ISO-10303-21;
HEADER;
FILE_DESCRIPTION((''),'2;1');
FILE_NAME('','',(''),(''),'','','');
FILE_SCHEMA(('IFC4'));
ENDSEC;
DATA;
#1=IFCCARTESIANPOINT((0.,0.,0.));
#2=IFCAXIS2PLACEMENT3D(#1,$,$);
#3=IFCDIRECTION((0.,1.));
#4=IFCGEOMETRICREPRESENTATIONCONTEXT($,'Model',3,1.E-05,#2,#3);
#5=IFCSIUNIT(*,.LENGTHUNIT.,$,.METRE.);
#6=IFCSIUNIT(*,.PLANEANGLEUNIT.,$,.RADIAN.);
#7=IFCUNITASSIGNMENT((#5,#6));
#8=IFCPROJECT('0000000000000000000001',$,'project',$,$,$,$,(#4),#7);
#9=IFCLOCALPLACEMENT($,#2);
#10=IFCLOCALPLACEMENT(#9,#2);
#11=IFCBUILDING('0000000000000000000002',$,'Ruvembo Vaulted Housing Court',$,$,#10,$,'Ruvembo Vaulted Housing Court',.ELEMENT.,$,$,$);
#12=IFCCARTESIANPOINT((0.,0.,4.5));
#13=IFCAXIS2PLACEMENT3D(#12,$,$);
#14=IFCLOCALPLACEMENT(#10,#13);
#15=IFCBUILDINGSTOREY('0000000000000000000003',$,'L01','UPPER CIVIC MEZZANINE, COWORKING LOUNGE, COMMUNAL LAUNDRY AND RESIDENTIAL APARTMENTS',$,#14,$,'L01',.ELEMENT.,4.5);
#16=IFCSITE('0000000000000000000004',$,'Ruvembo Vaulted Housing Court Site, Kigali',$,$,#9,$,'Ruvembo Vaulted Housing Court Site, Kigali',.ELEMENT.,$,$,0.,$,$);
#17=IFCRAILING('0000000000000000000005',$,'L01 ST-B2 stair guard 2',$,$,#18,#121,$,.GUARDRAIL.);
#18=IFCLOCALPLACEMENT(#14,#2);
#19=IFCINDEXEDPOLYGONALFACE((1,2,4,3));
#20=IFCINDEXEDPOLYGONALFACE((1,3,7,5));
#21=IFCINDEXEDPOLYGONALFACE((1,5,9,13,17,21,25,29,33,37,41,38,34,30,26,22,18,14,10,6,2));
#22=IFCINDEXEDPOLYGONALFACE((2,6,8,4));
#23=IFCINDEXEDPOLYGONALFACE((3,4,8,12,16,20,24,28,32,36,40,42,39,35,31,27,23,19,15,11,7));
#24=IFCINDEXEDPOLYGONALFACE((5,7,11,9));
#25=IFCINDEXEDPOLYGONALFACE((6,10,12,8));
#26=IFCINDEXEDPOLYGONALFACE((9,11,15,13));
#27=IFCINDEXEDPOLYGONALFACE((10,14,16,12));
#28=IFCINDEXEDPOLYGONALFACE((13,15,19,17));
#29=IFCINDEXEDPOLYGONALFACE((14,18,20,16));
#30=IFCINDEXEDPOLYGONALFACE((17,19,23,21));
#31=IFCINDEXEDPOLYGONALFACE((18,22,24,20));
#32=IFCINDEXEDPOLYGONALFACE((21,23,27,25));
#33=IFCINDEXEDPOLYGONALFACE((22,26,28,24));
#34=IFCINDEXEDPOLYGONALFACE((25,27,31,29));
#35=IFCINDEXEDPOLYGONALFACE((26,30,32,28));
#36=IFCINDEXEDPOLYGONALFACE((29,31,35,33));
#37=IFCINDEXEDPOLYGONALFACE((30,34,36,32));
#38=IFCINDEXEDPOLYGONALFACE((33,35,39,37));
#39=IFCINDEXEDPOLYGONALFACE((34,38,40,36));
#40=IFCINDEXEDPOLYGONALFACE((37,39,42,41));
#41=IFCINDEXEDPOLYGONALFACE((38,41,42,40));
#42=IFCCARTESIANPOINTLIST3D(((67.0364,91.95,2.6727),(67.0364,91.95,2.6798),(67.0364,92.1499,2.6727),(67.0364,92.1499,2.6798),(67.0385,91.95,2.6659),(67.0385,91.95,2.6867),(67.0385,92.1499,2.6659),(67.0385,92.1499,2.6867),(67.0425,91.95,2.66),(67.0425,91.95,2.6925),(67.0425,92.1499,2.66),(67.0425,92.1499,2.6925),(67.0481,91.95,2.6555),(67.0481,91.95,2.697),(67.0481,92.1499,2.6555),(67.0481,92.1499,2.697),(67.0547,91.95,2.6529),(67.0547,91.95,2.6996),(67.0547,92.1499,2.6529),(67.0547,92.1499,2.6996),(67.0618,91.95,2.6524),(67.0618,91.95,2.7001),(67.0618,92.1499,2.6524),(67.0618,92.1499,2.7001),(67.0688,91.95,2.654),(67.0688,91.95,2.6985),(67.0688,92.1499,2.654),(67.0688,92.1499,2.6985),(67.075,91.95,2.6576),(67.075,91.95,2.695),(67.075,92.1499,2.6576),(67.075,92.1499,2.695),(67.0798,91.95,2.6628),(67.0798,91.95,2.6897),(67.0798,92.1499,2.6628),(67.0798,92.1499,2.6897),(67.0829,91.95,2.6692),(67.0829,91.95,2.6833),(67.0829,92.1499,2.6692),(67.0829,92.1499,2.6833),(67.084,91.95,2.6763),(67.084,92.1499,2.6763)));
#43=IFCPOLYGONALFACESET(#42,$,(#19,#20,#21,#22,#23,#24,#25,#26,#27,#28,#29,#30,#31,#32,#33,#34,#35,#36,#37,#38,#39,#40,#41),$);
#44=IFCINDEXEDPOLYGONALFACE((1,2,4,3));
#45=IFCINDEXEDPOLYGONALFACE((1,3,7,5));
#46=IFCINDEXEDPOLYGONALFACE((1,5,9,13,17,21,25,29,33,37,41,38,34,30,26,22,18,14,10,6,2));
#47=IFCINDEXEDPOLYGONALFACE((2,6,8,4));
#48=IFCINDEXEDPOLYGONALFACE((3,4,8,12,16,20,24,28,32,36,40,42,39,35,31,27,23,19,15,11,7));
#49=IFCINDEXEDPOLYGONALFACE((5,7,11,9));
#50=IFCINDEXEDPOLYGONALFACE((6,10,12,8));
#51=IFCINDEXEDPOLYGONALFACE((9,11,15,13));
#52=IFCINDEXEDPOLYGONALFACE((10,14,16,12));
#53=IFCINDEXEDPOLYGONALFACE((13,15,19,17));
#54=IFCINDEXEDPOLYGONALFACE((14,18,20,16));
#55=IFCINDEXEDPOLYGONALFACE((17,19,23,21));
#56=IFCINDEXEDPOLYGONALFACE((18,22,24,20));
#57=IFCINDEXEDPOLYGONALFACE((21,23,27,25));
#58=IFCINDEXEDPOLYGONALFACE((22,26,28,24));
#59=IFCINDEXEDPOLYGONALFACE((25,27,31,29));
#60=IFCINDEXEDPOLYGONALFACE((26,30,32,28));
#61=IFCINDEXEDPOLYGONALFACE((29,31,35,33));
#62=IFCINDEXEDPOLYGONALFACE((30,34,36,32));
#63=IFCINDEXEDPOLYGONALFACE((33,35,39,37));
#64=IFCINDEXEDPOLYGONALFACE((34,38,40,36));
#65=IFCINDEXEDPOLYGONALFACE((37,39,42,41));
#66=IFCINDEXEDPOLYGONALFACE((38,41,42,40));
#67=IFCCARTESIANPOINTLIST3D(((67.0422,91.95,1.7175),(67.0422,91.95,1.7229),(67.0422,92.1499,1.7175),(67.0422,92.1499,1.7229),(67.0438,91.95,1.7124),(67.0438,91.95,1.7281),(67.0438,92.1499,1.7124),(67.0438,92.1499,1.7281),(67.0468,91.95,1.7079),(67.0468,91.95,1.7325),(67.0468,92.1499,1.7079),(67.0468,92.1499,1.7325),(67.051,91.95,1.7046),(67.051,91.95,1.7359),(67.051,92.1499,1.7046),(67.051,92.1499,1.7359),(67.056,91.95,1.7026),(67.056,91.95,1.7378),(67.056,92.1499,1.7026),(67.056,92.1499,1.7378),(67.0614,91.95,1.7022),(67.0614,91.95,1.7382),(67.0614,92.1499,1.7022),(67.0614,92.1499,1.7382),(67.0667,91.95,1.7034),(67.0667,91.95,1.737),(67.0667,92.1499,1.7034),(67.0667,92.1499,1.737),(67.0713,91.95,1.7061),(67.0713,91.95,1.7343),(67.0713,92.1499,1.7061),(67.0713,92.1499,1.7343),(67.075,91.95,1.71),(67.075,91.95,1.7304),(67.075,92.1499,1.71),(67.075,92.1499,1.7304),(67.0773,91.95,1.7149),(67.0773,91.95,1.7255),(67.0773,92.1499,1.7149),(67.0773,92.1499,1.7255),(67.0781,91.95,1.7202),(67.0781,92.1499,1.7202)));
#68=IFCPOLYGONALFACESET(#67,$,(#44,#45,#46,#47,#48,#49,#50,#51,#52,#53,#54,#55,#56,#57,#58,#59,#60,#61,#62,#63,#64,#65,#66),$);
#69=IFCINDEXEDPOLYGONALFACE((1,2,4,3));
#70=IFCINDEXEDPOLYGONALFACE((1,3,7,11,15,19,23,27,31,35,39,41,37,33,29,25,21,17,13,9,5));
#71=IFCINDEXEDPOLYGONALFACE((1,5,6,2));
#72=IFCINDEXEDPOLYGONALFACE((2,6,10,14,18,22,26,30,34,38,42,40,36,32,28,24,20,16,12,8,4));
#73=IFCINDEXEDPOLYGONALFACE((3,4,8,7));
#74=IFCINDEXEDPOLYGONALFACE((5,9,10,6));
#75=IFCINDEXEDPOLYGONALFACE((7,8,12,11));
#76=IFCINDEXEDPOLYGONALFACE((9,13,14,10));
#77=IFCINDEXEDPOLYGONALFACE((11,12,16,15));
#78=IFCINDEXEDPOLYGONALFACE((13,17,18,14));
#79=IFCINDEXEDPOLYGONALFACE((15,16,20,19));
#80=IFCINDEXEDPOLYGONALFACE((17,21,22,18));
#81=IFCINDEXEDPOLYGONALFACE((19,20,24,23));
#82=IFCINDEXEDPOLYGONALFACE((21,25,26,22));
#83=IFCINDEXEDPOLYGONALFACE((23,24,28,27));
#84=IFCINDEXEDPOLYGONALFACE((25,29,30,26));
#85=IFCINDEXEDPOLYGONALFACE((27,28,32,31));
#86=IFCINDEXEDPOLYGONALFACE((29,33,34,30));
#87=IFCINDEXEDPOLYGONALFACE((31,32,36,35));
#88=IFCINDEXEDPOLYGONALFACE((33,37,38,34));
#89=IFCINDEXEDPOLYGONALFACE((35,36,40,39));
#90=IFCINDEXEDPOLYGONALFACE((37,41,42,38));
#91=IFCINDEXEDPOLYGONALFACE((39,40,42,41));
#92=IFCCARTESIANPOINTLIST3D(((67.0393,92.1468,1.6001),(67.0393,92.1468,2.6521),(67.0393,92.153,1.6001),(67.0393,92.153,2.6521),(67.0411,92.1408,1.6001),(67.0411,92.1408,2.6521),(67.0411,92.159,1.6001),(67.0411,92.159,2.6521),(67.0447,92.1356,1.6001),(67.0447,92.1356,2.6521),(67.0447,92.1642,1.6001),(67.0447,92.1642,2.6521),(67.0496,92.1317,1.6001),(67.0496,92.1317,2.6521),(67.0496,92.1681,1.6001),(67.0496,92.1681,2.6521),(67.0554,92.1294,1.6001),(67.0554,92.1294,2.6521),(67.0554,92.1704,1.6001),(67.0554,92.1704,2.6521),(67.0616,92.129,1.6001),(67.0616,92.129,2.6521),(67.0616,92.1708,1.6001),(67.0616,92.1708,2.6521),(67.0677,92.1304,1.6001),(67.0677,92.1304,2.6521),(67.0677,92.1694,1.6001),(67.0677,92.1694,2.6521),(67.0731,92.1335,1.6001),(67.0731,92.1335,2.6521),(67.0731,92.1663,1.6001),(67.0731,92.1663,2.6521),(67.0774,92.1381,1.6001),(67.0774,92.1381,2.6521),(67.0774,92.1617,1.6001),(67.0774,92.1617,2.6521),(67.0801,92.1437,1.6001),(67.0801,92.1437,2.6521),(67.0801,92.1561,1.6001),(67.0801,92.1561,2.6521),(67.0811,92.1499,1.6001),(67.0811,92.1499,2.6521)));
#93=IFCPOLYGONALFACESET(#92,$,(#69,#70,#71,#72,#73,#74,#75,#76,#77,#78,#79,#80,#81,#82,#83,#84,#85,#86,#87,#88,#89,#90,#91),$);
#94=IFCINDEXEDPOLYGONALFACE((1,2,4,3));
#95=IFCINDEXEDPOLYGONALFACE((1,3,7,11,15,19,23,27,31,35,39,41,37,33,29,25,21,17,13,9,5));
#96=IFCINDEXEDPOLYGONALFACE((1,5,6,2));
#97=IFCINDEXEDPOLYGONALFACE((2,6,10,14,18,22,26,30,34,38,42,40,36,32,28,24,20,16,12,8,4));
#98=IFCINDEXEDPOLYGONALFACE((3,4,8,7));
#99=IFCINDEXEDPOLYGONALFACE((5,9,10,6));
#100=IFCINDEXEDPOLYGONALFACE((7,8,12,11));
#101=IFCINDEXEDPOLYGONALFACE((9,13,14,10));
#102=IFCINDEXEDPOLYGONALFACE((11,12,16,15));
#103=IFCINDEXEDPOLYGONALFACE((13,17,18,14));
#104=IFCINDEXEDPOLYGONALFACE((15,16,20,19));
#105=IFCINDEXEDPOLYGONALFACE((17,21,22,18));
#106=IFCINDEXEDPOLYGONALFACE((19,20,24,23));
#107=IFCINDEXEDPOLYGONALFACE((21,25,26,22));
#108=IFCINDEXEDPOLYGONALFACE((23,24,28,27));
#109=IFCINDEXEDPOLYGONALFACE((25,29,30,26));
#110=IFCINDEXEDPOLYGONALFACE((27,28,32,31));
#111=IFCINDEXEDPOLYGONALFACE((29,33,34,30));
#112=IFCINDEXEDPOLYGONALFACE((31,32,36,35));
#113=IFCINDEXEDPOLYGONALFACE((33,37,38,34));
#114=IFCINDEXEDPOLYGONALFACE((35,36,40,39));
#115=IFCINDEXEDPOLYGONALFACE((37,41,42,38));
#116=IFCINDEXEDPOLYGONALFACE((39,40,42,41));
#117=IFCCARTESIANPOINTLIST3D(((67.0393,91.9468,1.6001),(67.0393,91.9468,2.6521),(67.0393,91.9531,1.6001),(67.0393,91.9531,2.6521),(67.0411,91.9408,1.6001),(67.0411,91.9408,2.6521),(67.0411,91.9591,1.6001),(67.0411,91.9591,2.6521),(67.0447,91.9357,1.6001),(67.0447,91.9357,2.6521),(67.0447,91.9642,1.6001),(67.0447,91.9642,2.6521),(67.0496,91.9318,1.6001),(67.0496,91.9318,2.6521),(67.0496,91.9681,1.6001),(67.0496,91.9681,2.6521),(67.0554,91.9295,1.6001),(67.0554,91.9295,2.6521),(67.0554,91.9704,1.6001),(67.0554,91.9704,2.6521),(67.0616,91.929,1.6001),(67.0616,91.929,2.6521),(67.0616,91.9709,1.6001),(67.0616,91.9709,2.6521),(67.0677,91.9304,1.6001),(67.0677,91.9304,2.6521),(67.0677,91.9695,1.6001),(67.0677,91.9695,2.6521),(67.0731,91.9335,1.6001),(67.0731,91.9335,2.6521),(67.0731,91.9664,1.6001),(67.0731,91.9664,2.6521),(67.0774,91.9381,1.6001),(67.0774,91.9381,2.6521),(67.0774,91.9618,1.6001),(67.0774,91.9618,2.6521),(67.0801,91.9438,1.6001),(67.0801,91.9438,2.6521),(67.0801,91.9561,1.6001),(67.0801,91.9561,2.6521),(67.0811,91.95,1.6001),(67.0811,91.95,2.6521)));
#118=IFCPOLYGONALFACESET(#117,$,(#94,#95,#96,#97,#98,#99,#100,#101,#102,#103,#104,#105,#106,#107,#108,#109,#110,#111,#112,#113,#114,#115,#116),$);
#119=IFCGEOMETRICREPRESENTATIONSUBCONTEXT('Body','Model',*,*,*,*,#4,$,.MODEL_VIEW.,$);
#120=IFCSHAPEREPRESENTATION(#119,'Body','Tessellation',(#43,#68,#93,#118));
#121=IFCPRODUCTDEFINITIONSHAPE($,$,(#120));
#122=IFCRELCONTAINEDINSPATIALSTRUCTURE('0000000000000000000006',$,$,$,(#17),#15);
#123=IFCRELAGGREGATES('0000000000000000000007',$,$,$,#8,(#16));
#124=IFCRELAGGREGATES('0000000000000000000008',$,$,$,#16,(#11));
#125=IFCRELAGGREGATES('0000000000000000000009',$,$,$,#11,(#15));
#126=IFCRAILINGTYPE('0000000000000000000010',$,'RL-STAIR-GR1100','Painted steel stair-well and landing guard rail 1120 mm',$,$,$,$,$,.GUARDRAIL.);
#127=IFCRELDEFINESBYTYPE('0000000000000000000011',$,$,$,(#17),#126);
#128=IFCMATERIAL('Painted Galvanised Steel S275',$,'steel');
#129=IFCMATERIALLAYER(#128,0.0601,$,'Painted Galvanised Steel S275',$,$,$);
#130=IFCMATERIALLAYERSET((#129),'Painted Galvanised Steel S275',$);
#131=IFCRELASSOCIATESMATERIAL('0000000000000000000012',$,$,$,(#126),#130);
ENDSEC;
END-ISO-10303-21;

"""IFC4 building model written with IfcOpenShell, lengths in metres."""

from ifc_helpers import new_model, si_unit, direction, frame, origin, origin_2d, place, context, subcontext, project, spatial, circle, extrude, material, layer, layer_set, type_object, element, save


model = new_model("IFC4")

# Units and contexts
model_context = context("Model", 3, precision=1e-05, world=origin(), true_north=direction((0.0, 1.0)))
body_context = subcontext(model_context, "Body", "Model", "MODEL_VIEW")
ifc_project = project(units=[si_unit("LENGTHUNIT", "METRE"), si_unit("PLANEANGLEUNIT", "RADIAN")], contexts=[model_context])

# Site, building, storey
site_placement = place(None, origin())
site = spatial("IfcSite", under=ifc_project, at=site_placement, Name="Ruvembo Vaulted Housing Court Site, Kigali", LongName="Ruvembo Vaulted Housing Court Site, Kigali", CompositionType="ELEMENT", RefElevation=0.0)
building_placement = place(site_placement, origin())
building = spatial("IfcBuilding", under=site, at=building_placement, Name="Ruvembo Vaulted Housing Court", LongName="Ruvembo Vaulted Housing Court", CompositionType="ELEMENT")
storey_placement = place(building_placement, frame((0.0, 0.0, 4.5)))
storey = spatial("IfcBuildingStorey", under=building, at=storey_placement, Name="L01", Description="UPPER CIVIC MEZZANINE, COWORKING LOUNGE, COMMUNAL LAUNDRY AND RESIDENTIAL APARTMENTS", LongName="L01", CompositionType="ELEMENT", Elevation=4.5)

# Railing
ifc_material_1 = material(Name="Painted Galvanised Steel S275", Category="steel")
ifc_layer_1 = layer(ifc_material_1, 0.0601, Name="Painted Galvanised Steel S275")
ifc_layer_set_1 = layer_set([ifc_layer_1], Name="Painted Galvanised Steel S275")
railing_type_1 = type_object("IfcRailingType", Name="RL-STAIR-GR1100", Description="Painted steel stair-well and landing guard rail 1120 mm", PredefinedType="GUARDRAIL", material=ifc_layer_set_1)
railing_1_placement = place(storey_placement, frame((67.0601, 92.1499, 1.6001)))
element("IfcRailing", 1, at=railing_1_placement, inside=storey, type_object=railing_type_1, Name="L01 ST-B2 stair guard 2", PredefinedType="GUARDRAIL", context=body_context, shape_type="SweptSolid", body=[
    extrude(circle(Radius=0.0239, at=origin_2d()), frame((0.0, 0.0, 1.0762), z_axis=(0.0, -1.0, 0.0), x_axis=(1.0, 0.0, 0.0)), (0.0, 0.0, 1.0), 0.2),
    extrude(circle(Radius=0.0181, at=origin_2d()), frame((0.0, 0.0, 0.1201), z_axis=(0.0, -1.0, 0.0), x_axis=(1.0, 0.0, 0.0)), (0.0, 0.0, 1.0), 0.2),
    extrude(circle(Radius=0.021, at=origin_2d()), origin(), (0.0, 0.0, 1.0), 1.052),
    extrude(circle(Radius=0.021, at=origin_2d()), frame((0.0, -0.2, 0.0)), (0.0, 0.0, 1.0), 1.052),
])

save(model, "model.ifc")
